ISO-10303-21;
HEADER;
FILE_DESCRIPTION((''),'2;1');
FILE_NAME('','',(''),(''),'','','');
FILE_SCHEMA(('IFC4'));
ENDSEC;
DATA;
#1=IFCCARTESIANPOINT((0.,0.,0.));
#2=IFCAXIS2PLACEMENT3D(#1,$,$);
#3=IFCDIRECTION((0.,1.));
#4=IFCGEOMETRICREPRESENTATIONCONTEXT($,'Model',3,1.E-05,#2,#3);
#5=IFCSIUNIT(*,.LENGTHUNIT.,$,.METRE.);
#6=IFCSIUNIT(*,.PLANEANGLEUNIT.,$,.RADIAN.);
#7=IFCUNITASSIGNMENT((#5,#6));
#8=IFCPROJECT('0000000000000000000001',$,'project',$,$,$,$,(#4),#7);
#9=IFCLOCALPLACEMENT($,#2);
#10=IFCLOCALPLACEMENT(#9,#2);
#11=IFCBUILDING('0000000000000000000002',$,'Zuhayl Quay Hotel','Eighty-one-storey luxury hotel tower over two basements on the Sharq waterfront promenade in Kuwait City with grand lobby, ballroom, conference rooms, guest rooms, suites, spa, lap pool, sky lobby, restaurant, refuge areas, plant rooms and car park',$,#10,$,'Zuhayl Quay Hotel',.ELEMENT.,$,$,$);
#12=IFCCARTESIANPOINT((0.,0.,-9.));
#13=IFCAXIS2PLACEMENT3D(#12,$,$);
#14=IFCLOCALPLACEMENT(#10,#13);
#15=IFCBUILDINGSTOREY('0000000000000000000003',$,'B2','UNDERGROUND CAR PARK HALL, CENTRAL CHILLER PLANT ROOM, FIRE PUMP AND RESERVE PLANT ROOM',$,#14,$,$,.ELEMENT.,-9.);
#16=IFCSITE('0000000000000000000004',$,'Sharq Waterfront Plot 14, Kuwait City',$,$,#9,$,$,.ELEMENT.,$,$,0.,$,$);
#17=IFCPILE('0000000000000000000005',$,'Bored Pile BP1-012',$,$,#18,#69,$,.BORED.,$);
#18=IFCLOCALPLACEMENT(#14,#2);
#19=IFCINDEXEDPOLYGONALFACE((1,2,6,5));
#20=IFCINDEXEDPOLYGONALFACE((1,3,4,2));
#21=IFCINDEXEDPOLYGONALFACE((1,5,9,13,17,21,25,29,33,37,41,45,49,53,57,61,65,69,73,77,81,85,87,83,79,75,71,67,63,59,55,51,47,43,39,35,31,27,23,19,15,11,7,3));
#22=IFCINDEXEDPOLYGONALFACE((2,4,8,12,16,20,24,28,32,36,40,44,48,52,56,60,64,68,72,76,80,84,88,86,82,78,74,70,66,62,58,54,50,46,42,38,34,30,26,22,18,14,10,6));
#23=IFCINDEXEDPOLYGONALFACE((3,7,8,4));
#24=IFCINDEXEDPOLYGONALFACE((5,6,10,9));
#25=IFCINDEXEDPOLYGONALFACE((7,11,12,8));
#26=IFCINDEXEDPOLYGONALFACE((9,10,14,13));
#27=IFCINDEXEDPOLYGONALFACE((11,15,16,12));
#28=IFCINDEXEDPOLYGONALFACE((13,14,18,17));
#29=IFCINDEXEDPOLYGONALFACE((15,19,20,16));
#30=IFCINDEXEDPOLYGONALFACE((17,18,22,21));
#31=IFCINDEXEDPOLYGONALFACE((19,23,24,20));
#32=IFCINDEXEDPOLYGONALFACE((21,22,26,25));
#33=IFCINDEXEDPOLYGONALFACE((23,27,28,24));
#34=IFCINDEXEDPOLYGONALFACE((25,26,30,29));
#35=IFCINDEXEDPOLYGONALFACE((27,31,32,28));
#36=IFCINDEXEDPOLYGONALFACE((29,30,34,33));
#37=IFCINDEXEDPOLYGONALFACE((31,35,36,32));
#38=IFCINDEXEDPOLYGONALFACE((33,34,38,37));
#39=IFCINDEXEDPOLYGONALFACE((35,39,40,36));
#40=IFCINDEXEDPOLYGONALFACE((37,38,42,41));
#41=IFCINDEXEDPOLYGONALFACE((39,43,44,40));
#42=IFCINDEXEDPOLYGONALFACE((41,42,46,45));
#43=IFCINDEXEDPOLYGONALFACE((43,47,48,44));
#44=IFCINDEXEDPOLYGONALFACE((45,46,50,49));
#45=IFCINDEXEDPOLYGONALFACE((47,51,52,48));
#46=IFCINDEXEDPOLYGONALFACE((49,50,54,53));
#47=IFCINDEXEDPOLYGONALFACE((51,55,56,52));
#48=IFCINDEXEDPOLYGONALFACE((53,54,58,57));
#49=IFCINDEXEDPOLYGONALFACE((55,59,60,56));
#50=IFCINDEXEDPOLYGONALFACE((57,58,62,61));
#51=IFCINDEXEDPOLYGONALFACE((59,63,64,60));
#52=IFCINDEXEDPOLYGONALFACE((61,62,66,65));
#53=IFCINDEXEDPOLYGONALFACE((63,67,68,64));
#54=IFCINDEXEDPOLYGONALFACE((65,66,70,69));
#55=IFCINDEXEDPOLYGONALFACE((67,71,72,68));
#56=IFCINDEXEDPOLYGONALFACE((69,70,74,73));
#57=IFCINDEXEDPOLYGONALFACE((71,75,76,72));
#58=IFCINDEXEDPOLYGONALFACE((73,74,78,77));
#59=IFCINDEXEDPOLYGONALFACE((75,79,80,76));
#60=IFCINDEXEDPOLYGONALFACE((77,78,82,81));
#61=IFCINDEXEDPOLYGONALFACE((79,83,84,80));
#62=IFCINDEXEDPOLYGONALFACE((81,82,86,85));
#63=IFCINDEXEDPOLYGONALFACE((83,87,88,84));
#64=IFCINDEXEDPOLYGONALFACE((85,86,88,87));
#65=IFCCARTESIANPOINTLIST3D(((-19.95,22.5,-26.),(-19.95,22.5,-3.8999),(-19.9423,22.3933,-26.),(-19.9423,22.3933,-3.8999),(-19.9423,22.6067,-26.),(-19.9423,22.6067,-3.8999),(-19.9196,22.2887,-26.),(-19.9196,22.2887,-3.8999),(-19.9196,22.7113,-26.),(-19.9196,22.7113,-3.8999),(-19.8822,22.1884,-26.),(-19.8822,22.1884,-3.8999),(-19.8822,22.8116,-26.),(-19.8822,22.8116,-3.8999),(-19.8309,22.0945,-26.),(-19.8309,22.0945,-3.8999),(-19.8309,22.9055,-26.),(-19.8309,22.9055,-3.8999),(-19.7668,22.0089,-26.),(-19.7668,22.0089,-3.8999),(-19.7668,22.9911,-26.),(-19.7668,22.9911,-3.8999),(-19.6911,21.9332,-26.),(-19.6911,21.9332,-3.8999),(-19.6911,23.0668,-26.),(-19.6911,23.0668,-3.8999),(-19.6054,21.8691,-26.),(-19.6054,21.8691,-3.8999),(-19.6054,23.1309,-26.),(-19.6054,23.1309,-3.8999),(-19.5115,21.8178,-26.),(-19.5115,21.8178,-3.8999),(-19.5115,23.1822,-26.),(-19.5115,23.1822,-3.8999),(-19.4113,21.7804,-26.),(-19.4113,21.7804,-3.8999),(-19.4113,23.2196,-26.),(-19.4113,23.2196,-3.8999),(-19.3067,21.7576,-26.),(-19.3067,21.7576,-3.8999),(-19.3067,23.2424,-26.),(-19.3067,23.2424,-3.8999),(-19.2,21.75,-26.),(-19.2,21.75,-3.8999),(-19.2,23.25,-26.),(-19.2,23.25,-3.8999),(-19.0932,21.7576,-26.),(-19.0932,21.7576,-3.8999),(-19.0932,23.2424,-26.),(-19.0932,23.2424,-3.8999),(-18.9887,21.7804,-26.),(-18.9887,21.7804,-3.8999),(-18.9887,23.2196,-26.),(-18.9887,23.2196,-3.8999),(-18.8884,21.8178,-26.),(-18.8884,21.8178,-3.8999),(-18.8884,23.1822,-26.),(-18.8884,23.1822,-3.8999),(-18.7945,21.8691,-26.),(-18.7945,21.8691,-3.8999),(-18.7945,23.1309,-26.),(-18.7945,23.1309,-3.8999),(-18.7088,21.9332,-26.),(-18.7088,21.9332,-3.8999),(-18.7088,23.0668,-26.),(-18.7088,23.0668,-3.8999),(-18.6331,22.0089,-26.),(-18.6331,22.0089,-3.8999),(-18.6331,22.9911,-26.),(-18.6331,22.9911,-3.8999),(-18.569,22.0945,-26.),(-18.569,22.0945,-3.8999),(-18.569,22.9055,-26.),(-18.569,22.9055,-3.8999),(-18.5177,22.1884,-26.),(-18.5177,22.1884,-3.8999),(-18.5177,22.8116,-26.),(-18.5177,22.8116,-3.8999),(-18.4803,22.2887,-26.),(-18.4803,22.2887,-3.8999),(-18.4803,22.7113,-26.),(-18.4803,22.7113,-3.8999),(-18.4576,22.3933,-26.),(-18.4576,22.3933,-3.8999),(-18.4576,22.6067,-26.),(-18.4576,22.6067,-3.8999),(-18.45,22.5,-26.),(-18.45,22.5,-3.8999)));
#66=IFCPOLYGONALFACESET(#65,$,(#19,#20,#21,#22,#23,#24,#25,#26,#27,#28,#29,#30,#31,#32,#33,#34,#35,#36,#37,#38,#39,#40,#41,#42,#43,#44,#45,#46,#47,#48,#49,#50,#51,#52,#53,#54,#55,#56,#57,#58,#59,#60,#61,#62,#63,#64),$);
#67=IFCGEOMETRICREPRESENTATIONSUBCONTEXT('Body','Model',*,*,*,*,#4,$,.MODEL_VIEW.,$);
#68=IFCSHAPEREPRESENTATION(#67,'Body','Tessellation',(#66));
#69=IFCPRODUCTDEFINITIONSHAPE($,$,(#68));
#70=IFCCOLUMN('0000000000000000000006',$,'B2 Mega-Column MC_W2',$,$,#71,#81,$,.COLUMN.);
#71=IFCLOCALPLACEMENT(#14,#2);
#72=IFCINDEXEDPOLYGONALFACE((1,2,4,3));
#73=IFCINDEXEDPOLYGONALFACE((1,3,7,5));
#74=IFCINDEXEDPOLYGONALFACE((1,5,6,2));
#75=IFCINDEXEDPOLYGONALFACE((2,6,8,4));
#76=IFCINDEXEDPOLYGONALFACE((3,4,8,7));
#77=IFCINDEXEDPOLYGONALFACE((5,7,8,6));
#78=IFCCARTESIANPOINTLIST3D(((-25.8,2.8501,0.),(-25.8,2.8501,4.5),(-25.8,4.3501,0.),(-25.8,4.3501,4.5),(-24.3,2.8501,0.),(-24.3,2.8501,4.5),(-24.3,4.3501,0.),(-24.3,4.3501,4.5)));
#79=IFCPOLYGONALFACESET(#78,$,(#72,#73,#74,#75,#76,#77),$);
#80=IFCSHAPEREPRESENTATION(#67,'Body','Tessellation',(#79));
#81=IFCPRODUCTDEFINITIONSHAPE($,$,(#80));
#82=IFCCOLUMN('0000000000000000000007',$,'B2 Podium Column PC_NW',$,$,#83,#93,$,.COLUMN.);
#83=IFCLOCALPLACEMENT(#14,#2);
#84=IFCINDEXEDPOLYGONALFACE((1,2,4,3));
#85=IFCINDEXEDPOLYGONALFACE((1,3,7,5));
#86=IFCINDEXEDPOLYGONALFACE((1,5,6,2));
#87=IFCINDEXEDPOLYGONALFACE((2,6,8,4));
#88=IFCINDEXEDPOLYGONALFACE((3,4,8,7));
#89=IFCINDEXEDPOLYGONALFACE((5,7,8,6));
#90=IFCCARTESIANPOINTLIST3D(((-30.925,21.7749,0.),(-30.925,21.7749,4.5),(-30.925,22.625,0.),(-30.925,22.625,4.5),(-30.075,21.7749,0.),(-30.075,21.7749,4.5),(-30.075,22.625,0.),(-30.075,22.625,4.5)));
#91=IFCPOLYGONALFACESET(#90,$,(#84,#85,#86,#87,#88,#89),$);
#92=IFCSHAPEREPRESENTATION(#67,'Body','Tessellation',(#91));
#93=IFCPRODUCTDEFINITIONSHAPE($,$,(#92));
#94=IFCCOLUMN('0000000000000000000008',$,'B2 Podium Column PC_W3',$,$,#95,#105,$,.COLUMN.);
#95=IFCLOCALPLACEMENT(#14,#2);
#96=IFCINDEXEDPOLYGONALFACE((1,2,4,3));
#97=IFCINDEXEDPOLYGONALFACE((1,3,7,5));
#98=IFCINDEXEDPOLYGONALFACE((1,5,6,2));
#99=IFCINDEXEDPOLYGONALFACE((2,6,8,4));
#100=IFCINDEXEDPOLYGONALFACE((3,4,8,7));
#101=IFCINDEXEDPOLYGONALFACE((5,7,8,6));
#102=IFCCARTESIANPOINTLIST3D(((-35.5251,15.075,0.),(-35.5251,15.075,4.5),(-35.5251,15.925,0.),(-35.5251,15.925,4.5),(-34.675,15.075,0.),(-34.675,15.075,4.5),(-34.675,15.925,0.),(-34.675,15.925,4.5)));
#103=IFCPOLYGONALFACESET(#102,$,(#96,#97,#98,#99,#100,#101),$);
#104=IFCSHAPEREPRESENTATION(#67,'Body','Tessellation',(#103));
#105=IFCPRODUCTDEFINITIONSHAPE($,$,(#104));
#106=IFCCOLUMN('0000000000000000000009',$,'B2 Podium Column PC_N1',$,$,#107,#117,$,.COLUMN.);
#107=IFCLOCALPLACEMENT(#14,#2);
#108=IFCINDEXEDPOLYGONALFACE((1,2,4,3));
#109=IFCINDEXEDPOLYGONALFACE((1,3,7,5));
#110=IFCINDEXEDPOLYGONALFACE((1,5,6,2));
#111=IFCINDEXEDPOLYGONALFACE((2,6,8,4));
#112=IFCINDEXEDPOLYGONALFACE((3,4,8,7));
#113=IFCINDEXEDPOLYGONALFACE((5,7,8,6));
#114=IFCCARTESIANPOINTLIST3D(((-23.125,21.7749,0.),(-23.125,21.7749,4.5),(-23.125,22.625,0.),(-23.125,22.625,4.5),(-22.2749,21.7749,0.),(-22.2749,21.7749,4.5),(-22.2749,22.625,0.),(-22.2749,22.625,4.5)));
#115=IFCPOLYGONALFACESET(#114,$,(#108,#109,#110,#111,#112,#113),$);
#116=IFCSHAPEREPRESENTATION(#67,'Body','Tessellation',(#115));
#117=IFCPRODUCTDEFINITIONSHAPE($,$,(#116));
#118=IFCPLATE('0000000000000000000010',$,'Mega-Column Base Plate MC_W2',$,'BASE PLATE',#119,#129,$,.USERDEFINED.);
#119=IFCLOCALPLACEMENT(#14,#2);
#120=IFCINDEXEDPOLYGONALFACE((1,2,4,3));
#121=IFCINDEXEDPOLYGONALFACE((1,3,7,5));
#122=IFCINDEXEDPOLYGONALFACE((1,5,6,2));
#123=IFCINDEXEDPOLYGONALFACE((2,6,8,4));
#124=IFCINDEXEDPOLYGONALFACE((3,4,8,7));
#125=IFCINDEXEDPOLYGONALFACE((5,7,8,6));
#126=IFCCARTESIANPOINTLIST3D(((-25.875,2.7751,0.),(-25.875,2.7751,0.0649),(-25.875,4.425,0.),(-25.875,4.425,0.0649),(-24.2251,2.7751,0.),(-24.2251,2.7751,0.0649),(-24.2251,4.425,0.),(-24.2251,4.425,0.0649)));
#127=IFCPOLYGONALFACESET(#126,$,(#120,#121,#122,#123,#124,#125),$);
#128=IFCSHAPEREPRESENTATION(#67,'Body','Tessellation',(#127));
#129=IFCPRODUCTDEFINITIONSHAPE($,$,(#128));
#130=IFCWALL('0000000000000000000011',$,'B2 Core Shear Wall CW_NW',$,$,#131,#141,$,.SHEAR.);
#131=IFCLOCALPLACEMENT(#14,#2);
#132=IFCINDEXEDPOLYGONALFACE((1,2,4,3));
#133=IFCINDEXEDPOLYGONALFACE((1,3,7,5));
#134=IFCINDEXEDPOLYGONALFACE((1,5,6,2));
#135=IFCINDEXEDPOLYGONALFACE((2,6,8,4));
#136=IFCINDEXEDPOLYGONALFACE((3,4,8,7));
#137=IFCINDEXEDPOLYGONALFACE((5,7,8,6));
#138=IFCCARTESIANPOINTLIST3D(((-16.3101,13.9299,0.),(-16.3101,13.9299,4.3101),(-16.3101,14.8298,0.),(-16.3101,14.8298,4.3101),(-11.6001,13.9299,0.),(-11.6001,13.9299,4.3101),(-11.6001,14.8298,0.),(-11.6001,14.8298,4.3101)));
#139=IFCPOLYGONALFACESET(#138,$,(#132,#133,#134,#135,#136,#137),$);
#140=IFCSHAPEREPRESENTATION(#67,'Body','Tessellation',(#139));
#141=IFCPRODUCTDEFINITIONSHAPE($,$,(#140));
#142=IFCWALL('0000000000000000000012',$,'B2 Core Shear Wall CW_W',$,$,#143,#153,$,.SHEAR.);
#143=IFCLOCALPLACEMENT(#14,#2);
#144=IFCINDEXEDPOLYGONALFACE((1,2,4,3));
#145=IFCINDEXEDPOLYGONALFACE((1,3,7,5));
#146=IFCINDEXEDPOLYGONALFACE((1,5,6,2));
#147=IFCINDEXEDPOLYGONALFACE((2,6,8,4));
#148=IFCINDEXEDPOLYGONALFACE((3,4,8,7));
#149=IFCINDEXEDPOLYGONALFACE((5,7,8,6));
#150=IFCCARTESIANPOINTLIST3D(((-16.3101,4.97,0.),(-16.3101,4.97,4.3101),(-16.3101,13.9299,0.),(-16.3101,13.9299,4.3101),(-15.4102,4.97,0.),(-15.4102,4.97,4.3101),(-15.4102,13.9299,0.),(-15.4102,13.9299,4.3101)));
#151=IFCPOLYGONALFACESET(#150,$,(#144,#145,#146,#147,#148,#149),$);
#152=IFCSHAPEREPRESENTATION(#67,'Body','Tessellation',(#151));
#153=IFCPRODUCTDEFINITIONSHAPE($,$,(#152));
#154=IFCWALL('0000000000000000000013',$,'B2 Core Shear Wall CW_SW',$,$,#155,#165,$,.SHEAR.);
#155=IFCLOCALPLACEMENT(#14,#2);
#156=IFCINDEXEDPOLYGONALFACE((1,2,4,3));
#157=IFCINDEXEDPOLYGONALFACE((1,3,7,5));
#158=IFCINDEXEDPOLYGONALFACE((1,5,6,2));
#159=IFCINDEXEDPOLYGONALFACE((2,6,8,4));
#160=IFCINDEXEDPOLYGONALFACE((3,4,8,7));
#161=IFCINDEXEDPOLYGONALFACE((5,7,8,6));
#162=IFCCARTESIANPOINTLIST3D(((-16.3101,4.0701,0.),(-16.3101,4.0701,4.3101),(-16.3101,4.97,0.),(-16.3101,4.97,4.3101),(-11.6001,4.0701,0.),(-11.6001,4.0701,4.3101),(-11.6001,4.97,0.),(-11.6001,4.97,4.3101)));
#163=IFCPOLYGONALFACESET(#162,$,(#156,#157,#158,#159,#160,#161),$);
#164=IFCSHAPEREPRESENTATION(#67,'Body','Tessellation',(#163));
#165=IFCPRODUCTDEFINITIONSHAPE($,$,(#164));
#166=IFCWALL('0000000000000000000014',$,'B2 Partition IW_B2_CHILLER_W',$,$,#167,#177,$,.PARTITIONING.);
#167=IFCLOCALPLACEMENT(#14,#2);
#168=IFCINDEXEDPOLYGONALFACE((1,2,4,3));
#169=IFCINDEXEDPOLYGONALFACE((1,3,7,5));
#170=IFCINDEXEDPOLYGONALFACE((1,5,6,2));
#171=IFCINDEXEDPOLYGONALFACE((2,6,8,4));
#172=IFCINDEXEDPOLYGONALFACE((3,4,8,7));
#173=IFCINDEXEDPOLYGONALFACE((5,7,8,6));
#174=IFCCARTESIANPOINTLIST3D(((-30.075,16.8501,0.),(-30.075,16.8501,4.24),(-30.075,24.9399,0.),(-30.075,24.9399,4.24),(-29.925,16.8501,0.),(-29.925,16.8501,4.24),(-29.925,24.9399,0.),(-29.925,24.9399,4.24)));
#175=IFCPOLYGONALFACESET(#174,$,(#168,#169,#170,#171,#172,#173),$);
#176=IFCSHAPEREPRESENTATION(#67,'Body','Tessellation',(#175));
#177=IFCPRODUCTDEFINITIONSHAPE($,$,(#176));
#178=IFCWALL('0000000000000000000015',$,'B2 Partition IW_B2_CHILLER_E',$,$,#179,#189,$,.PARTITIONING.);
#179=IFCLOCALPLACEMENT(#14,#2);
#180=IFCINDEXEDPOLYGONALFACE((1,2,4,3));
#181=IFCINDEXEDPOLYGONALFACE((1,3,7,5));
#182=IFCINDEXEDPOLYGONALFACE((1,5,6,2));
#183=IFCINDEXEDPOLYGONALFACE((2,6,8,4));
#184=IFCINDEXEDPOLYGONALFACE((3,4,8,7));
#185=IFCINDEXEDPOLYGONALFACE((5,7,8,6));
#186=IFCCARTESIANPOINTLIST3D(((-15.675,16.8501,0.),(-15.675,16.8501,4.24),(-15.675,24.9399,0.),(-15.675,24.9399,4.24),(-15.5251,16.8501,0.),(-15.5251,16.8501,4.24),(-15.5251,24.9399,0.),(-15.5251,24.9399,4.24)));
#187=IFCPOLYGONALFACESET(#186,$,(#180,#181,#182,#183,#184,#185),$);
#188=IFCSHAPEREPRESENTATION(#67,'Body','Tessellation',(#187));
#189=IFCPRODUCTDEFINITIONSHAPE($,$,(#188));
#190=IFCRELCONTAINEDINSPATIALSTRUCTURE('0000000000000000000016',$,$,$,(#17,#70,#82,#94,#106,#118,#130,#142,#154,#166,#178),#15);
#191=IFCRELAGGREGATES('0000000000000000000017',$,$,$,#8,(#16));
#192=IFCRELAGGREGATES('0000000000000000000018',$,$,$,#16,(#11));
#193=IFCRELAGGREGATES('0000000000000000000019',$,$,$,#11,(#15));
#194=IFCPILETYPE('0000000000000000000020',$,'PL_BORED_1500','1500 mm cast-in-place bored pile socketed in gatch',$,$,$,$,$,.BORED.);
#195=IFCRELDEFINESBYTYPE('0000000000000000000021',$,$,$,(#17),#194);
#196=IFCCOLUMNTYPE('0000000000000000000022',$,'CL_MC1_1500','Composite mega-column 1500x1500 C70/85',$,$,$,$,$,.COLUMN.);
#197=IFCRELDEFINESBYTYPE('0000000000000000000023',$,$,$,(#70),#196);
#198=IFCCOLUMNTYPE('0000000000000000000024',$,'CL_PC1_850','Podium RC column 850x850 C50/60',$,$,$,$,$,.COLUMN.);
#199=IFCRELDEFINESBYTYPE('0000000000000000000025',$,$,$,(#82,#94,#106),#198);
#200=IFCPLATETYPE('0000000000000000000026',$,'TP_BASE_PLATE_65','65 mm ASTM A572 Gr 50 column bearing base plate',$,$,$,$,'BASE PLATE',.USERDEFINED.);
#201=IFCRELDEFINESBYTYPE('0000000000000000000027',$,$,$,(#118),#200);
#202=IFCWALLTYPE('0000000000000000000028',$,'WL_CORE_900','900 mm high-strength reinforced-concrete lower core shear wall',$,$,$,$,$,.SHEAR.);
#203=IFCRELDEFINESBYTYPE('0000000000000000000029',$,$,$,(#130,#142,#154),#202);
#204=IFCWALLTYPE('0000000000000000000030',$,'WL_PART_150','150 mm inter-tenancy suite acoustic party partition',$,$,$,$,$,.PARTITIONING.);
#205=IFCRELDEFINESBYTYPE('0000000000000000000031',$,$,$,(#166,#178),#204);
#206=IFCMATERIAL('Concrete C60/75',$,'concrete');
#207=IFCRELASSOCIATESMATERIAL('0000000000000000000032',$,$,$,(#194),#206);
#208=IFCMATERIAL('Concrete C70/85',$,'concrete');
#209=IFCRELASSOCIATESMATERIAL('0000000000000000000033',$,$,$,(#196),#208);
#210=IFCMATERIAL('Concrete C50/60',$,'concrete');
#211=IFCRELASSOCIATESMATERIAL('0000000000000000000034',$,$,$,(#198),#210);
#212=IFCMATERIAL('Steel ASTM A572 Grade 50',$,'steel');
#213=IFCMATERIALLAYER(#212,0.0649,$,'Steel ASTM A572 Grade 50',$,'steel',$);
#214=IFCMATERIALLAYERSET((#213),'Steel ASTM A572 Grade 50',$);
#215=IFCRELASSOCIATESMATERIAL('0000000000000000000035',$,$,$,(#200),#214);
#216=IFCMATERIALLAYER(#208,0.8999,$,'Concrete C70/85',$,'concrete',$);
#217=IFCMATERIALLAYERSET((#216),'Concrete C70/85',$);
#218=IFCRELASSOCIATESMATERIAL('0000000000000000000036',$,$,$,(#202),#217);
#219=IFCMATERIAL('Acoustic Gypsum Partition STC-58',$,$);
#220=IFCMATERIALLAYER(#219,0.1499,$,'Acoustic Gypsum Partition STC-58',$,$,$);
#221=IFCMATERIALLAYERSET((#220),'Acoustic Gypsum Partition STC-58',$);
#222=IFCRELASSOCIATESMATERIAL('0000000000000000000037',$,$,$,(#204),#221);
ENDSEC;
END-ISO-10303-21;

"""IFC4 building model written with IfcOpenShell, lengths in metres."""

from ifc_helpers import new_model, si_unit, direction, frame, frame_2d, origin, origin_2d, place, context, subcontext, project, spatial, rectangle, circle, extrude, material, layer, layer_set, material_profile, profile_set, type_object, element, save


model = new_model("IFC4")

# Units and contexts
model_context = context("Model", 3, precision=1e-05, world=origin(), true_north=direction((0.0, 1.0)))
body_context = subcontext(model_context, "Body", "Model", "MODEL_VIEW")
ifc_project = project(units=[si_unit("LENGTHUNIT", "METRE"), si_unit("PLANEANGLEUNIT", "RADIAN")], contexts=[model_context])

# Site, building, storey
site_placement = place(None, origin())
site = spatial("IfcSite", under=ifc_project, at=site_placement, Name="Sharq Waterfront Plot 14, Kuwait City", CompositionType="ELEMENT", RefElevation=0.0)
building_placement = place(site_placement, origin())
building = spatial("IfcBuilding", under=site, at=building_placement, Name="Zuhayl Quay Hotel", Description="Eighty-one-storey luxury hotel tower over two basements on the Sharq waterfront promenade in Kuwait City with grand lobby, ballroom, conference rooms, guest rooms, suites, spa, lap pool, sky lobby, restaurant, refuge areas, plant rooms and car park", LongName="Zuhayl Quay Hotel", CompositionType="ELEMENT")
storey_placement = place(building_placement, frame((0.0, 0.0, -9.0)))
storey = spatial("IfcBuildingStorey", under=building, at=storey_placement, Name="B2", Description="UNDERGROUND CAR PARK HALL, CENTRAL CHILLER PLANT ROOM, FIRE PUMP AND RESERVE PLANT ROOM", CompositionType="ELEMENT", Elevation=-9.0)

# Pile
ifc_material_1 = material(Name="Concrete C60/75", Category="concrete")
ifc_material_profile_1 = material_profile(ifc_material_1, circle(Radius=0.75, at=origin_2d()), Name="PILE1500")
ifc_profile_set_1 = profile_set([ifc_material_profile_1], Name="Concrete C60/75")
pile_type = type_object("IfcPileType", Name="PL_BORED_1500", Description="1500 mm cast-in-place bored pile socketed in gatch", PredefinedType="BORED", material=ifc_profile_set_1)
for number, where, z_axis, x_axis, name in (
    (1, (-19.2, 22.5, -3.8999), (0.0, 0.0, -1.0), (1.0, 0.0, 0.0), "Bored Pile BP1-012"),
):
    element("IfcPile", number, at=place(storey_placement, frame(where, z_axis=z_axis, x_axis=x_axis)), inside=storey, type_object=pile_type, Name=name, PredefinedType="BORED", context=body_context, shape_type="SweptSolid", body=[
        extrude(circle(Radius=0.75, at=origin_2d()), origin(), (0.0, 0.0, 1.0), 22.1001),
    ])

# Columns
ifc_material_2 = material(Name="Concrete C70/85", Category="concrete")
ifc_material_profile_2 = material_profile(ifc_material_2, rectangle(XDim=1.5, YDim=1.5, at=origin_2d()), Name="RC1500X1500")
ifc_profile_set_2 = profile_set([ifc_material_profile_2], Name="Concrete C70/85")
column_type_1 = type_object("IfcColumnType", Name="CL_MC1_1500", Description="Composite mega-column 1500x1500 C70/85", PredefinedType="COLUMN", material=ifc_profile_set_2)
column_placement = place(storey_placement, frame((-25.05, 3.6001, 0.0), z_axis=(0.0, 0.0, 1.0), x_axis=(1.0, 0.0, 0.0)))
element("IfcColumn", 2, at=column_placement, inside=storey, type_object=column_type_1, Name="B2 Mega-Column MC_W2", PredefinedType="COLUMN", context=body_context, shape_type="SweptSolid", body=[
    extrude(rectangle(XDim=1.5, YDim=1.5, at=origin_2d()), origin(), (0.0, 0.0, 1.0), 4.5),
])
ifc_material_3 = material(Name="Concrete C50/60", Category="concrete")
ifc_material_profile_3 = material_profile(ifc_material_3, rectangle(XDim=0.8501, YDim=0.8501, at=origin_2d()), Name="RC850X850")
ifc_profile_set_3 = profile_set([ifc_material_profile_3], Name="Concrete C50/60")
column_type_2 = type_object("IfcColumnType", Name="CL_PC1_850", Description="Podium RC column 850x850 C50/60", PredefinedType="COLUMN", material=ifc_profile_set_3)
for number, where, z_axis, x_axis, name in (
    (3, (-30.5, 22.2, 0.0), (0.0, 0.0, 1.0), (1.0, 0.0, 0.0), "B2 Podium Column PC_NW"),
    (4, (-35.1001, 15.5, 0.0), (0.0, 0.0, 1.0), (1.0, 0.0, 0.0), "B2 Podium Column PC_W3"),
    (5, (-22.7, 22.2, 0.0), (0.0, 0.0, 1.0), (1.0, 0.0, 0.0), "B2 Podium Column PC_N1"),
):
    element("IfcColumn", number, at=place(storey_placement, frame(where, z_axis=z_axis, x_axis=x_axis)), inside=storey, type_object=column_type_2, Name=name, PredefinedType="COLUMN", context=body_context, shape_type="SweptSolid", body=[
        extrude(rectangle(XDim=0.8501, YDim=0.8501, at=origin_2d()), origin(), (0.0, 0.0, 1.0), 4.5),
    ])

# Plate
ifc_material_4 = material(Name="Steel ASTM A572 Grade 50", Category="steel")
ifc_layer_1 = layer(ifc_material_4, 0.0649, Name="Steel ASTM A572 Grade 50", Category="steel")
ifc_layer_set_1 = layer_set([ifc_layer_1], Name="Steel ASTM A572 Grade 50")
plate_type = type_object("IfcPlateType", Name="TP_BASE_PLATE_65", Description="65 mm ASTM A572 Gr 50 column bearing base plate", ElementType="BASE PLATE", PredefinedType="USERDEFINED", material=ifc_layer_set_1)
plate_placement = place(storey_placement, frame((-25.05, 3.6001, 0.0), z_axis=(0.0, 0.0, 1.0), x_axis=(1.0, 0.0, 0.0)))
element("IfcPlate", 6, at=plate_placement, inside=storey, type_object=plate_type, Name="Mega-Column Base Plate MC_W2", ObjectType="BASE PLATE", PredefinedType="USERDEFINED", context=body_context, shape_type="SweptSolid", body=[
    extrude(rectangle(XDim=1.6499, YDim=1.6499, at=origin_2d()), origin(), (0.0, 0.0, 1.0), 0.0649),
])

# Walls
ifc_layer_2 = layer(ifc_material_2, 0.8999, Name="Concrete C70/85", Category="concrete")
ifc_layer_set_2 = layer_set([ifc_layer_2], Name="Concrete C70/85")
wall_type_1 = type_object("IfcWallType", Name="WL_CORE_900", Description="900 mm high-strength reinforced-concrete lower core shear wall", PredefinedType="SHEAR", material=ifc_layer_set_2)
wall_1_placement = place(storey_placement, frame((-16.3101, 14.3799, 0.0), z_axis=(0.0, 0.0, 1.0), x_axis=(1.0, 0.0, 0.0)))
element("IfcWall", 7, at=wall_1_placement, inside=storey, type_object=wall_type_1, Name="B2 Core Shear Wall CW_NW", PredefinedType="SHEAR", context=body_context, shape_type="SweptSolid", body=[
    extrude(rectangle(XDim=4.71, YDim=0.8999, at=frame_2d((2.355, 0.0))), origin(), (0.0, 0.0, 1.0), 4.3101),
])
wall_2_placement = place(storey_placement, frame((-15.8601, 4.97, 0.0), z_axis=(0.0, 0.0, 1.0), x_axis=(0.0, 1.0, 0.0)))
element("IfcWall", 8, at=wall_2_placement, inside=storey, type_object=wall_type_1, Name="B2 Core Shear Wall CW_W", PredefinedType="SHEAR", context=body_context, shape_type="SweptSolid", body=[
    extrude(rectangle(XDim=8.96, YDim=0.8999, at=frame_2d((4.48, 0.0))), origin(), (0.0, 0.0, 1.0), 4.3101),
])
wall_3_placement = place(storey_placement, frame((-16.3101, 4.52, 0.0), z_axis=(0.0, 0.0, 1.0), x_axis=(1.0, 0.0, 0.0)))
element("IfcWall", 9, at=wall_3_placement, inside=storey, type_object=wall_type_1, Name="B2 Core Shear Wall CW_SW", PredefinedType="SHEAR", context=body_context, shape_type="SweptSolid", body=[
    extrude(rectangle(XDim=4.71, YDim=0.8999, at=frame_2d((2.355, 0.0))), origin(), (0.0, 0.0, 1.0), 4.3101),
])
ifc_material_5 = material(Name="Acoustic Gypsum Partition STC-58")
ifc_layer_3 = layer(ifc_material_5, 0.1499, Name="Acoustic Gypsum Partition STC-58")
ifc_layer_set_3 = layer_set([ifc_layer_3], Name="Acoustic Gypsum Partition STC-58")
wall_type_2 = type_object("IfcWallType", Name="WL_PART_150", Description="150 mm inter-tenancy suite acoustic party partition", PredefinedType="PARTITIONING", material=ifc_layer_set_3)
for number, where, z_axis, x_axis, name in (
    (10, (-30.0, 16.8501, 0.0), (0.0, 0.0, 1.0), (0.0, 1.0, 0.0), "B2 Partition IW_B2_CHILLER_W"),
    (11, (-15.6001, 16.8501, 0.0), (0.0, 0.0, 1.0), (0.0, 1.0, 0.0), "B2 Partition IW_B2_CHILLER_E"),
):
    element("IfcWall", number, at=place(storey_placement, frame(where, z_axis=z_axis, x_axis=x_axis)), inside=storey, type_object=wall_type_2, Name=name, PredefinedType="PARTITIONING", context=body_context, shape_type="SweptSolid", body=[
        extrude(rectangle(XDim=8.0898, YDim=0.1499, at=frame_2d((4.0449, 0.0))), origin(), (0.0, 0.0, 1.0), 4.24),
    ])

save(model, "model.ifc")
